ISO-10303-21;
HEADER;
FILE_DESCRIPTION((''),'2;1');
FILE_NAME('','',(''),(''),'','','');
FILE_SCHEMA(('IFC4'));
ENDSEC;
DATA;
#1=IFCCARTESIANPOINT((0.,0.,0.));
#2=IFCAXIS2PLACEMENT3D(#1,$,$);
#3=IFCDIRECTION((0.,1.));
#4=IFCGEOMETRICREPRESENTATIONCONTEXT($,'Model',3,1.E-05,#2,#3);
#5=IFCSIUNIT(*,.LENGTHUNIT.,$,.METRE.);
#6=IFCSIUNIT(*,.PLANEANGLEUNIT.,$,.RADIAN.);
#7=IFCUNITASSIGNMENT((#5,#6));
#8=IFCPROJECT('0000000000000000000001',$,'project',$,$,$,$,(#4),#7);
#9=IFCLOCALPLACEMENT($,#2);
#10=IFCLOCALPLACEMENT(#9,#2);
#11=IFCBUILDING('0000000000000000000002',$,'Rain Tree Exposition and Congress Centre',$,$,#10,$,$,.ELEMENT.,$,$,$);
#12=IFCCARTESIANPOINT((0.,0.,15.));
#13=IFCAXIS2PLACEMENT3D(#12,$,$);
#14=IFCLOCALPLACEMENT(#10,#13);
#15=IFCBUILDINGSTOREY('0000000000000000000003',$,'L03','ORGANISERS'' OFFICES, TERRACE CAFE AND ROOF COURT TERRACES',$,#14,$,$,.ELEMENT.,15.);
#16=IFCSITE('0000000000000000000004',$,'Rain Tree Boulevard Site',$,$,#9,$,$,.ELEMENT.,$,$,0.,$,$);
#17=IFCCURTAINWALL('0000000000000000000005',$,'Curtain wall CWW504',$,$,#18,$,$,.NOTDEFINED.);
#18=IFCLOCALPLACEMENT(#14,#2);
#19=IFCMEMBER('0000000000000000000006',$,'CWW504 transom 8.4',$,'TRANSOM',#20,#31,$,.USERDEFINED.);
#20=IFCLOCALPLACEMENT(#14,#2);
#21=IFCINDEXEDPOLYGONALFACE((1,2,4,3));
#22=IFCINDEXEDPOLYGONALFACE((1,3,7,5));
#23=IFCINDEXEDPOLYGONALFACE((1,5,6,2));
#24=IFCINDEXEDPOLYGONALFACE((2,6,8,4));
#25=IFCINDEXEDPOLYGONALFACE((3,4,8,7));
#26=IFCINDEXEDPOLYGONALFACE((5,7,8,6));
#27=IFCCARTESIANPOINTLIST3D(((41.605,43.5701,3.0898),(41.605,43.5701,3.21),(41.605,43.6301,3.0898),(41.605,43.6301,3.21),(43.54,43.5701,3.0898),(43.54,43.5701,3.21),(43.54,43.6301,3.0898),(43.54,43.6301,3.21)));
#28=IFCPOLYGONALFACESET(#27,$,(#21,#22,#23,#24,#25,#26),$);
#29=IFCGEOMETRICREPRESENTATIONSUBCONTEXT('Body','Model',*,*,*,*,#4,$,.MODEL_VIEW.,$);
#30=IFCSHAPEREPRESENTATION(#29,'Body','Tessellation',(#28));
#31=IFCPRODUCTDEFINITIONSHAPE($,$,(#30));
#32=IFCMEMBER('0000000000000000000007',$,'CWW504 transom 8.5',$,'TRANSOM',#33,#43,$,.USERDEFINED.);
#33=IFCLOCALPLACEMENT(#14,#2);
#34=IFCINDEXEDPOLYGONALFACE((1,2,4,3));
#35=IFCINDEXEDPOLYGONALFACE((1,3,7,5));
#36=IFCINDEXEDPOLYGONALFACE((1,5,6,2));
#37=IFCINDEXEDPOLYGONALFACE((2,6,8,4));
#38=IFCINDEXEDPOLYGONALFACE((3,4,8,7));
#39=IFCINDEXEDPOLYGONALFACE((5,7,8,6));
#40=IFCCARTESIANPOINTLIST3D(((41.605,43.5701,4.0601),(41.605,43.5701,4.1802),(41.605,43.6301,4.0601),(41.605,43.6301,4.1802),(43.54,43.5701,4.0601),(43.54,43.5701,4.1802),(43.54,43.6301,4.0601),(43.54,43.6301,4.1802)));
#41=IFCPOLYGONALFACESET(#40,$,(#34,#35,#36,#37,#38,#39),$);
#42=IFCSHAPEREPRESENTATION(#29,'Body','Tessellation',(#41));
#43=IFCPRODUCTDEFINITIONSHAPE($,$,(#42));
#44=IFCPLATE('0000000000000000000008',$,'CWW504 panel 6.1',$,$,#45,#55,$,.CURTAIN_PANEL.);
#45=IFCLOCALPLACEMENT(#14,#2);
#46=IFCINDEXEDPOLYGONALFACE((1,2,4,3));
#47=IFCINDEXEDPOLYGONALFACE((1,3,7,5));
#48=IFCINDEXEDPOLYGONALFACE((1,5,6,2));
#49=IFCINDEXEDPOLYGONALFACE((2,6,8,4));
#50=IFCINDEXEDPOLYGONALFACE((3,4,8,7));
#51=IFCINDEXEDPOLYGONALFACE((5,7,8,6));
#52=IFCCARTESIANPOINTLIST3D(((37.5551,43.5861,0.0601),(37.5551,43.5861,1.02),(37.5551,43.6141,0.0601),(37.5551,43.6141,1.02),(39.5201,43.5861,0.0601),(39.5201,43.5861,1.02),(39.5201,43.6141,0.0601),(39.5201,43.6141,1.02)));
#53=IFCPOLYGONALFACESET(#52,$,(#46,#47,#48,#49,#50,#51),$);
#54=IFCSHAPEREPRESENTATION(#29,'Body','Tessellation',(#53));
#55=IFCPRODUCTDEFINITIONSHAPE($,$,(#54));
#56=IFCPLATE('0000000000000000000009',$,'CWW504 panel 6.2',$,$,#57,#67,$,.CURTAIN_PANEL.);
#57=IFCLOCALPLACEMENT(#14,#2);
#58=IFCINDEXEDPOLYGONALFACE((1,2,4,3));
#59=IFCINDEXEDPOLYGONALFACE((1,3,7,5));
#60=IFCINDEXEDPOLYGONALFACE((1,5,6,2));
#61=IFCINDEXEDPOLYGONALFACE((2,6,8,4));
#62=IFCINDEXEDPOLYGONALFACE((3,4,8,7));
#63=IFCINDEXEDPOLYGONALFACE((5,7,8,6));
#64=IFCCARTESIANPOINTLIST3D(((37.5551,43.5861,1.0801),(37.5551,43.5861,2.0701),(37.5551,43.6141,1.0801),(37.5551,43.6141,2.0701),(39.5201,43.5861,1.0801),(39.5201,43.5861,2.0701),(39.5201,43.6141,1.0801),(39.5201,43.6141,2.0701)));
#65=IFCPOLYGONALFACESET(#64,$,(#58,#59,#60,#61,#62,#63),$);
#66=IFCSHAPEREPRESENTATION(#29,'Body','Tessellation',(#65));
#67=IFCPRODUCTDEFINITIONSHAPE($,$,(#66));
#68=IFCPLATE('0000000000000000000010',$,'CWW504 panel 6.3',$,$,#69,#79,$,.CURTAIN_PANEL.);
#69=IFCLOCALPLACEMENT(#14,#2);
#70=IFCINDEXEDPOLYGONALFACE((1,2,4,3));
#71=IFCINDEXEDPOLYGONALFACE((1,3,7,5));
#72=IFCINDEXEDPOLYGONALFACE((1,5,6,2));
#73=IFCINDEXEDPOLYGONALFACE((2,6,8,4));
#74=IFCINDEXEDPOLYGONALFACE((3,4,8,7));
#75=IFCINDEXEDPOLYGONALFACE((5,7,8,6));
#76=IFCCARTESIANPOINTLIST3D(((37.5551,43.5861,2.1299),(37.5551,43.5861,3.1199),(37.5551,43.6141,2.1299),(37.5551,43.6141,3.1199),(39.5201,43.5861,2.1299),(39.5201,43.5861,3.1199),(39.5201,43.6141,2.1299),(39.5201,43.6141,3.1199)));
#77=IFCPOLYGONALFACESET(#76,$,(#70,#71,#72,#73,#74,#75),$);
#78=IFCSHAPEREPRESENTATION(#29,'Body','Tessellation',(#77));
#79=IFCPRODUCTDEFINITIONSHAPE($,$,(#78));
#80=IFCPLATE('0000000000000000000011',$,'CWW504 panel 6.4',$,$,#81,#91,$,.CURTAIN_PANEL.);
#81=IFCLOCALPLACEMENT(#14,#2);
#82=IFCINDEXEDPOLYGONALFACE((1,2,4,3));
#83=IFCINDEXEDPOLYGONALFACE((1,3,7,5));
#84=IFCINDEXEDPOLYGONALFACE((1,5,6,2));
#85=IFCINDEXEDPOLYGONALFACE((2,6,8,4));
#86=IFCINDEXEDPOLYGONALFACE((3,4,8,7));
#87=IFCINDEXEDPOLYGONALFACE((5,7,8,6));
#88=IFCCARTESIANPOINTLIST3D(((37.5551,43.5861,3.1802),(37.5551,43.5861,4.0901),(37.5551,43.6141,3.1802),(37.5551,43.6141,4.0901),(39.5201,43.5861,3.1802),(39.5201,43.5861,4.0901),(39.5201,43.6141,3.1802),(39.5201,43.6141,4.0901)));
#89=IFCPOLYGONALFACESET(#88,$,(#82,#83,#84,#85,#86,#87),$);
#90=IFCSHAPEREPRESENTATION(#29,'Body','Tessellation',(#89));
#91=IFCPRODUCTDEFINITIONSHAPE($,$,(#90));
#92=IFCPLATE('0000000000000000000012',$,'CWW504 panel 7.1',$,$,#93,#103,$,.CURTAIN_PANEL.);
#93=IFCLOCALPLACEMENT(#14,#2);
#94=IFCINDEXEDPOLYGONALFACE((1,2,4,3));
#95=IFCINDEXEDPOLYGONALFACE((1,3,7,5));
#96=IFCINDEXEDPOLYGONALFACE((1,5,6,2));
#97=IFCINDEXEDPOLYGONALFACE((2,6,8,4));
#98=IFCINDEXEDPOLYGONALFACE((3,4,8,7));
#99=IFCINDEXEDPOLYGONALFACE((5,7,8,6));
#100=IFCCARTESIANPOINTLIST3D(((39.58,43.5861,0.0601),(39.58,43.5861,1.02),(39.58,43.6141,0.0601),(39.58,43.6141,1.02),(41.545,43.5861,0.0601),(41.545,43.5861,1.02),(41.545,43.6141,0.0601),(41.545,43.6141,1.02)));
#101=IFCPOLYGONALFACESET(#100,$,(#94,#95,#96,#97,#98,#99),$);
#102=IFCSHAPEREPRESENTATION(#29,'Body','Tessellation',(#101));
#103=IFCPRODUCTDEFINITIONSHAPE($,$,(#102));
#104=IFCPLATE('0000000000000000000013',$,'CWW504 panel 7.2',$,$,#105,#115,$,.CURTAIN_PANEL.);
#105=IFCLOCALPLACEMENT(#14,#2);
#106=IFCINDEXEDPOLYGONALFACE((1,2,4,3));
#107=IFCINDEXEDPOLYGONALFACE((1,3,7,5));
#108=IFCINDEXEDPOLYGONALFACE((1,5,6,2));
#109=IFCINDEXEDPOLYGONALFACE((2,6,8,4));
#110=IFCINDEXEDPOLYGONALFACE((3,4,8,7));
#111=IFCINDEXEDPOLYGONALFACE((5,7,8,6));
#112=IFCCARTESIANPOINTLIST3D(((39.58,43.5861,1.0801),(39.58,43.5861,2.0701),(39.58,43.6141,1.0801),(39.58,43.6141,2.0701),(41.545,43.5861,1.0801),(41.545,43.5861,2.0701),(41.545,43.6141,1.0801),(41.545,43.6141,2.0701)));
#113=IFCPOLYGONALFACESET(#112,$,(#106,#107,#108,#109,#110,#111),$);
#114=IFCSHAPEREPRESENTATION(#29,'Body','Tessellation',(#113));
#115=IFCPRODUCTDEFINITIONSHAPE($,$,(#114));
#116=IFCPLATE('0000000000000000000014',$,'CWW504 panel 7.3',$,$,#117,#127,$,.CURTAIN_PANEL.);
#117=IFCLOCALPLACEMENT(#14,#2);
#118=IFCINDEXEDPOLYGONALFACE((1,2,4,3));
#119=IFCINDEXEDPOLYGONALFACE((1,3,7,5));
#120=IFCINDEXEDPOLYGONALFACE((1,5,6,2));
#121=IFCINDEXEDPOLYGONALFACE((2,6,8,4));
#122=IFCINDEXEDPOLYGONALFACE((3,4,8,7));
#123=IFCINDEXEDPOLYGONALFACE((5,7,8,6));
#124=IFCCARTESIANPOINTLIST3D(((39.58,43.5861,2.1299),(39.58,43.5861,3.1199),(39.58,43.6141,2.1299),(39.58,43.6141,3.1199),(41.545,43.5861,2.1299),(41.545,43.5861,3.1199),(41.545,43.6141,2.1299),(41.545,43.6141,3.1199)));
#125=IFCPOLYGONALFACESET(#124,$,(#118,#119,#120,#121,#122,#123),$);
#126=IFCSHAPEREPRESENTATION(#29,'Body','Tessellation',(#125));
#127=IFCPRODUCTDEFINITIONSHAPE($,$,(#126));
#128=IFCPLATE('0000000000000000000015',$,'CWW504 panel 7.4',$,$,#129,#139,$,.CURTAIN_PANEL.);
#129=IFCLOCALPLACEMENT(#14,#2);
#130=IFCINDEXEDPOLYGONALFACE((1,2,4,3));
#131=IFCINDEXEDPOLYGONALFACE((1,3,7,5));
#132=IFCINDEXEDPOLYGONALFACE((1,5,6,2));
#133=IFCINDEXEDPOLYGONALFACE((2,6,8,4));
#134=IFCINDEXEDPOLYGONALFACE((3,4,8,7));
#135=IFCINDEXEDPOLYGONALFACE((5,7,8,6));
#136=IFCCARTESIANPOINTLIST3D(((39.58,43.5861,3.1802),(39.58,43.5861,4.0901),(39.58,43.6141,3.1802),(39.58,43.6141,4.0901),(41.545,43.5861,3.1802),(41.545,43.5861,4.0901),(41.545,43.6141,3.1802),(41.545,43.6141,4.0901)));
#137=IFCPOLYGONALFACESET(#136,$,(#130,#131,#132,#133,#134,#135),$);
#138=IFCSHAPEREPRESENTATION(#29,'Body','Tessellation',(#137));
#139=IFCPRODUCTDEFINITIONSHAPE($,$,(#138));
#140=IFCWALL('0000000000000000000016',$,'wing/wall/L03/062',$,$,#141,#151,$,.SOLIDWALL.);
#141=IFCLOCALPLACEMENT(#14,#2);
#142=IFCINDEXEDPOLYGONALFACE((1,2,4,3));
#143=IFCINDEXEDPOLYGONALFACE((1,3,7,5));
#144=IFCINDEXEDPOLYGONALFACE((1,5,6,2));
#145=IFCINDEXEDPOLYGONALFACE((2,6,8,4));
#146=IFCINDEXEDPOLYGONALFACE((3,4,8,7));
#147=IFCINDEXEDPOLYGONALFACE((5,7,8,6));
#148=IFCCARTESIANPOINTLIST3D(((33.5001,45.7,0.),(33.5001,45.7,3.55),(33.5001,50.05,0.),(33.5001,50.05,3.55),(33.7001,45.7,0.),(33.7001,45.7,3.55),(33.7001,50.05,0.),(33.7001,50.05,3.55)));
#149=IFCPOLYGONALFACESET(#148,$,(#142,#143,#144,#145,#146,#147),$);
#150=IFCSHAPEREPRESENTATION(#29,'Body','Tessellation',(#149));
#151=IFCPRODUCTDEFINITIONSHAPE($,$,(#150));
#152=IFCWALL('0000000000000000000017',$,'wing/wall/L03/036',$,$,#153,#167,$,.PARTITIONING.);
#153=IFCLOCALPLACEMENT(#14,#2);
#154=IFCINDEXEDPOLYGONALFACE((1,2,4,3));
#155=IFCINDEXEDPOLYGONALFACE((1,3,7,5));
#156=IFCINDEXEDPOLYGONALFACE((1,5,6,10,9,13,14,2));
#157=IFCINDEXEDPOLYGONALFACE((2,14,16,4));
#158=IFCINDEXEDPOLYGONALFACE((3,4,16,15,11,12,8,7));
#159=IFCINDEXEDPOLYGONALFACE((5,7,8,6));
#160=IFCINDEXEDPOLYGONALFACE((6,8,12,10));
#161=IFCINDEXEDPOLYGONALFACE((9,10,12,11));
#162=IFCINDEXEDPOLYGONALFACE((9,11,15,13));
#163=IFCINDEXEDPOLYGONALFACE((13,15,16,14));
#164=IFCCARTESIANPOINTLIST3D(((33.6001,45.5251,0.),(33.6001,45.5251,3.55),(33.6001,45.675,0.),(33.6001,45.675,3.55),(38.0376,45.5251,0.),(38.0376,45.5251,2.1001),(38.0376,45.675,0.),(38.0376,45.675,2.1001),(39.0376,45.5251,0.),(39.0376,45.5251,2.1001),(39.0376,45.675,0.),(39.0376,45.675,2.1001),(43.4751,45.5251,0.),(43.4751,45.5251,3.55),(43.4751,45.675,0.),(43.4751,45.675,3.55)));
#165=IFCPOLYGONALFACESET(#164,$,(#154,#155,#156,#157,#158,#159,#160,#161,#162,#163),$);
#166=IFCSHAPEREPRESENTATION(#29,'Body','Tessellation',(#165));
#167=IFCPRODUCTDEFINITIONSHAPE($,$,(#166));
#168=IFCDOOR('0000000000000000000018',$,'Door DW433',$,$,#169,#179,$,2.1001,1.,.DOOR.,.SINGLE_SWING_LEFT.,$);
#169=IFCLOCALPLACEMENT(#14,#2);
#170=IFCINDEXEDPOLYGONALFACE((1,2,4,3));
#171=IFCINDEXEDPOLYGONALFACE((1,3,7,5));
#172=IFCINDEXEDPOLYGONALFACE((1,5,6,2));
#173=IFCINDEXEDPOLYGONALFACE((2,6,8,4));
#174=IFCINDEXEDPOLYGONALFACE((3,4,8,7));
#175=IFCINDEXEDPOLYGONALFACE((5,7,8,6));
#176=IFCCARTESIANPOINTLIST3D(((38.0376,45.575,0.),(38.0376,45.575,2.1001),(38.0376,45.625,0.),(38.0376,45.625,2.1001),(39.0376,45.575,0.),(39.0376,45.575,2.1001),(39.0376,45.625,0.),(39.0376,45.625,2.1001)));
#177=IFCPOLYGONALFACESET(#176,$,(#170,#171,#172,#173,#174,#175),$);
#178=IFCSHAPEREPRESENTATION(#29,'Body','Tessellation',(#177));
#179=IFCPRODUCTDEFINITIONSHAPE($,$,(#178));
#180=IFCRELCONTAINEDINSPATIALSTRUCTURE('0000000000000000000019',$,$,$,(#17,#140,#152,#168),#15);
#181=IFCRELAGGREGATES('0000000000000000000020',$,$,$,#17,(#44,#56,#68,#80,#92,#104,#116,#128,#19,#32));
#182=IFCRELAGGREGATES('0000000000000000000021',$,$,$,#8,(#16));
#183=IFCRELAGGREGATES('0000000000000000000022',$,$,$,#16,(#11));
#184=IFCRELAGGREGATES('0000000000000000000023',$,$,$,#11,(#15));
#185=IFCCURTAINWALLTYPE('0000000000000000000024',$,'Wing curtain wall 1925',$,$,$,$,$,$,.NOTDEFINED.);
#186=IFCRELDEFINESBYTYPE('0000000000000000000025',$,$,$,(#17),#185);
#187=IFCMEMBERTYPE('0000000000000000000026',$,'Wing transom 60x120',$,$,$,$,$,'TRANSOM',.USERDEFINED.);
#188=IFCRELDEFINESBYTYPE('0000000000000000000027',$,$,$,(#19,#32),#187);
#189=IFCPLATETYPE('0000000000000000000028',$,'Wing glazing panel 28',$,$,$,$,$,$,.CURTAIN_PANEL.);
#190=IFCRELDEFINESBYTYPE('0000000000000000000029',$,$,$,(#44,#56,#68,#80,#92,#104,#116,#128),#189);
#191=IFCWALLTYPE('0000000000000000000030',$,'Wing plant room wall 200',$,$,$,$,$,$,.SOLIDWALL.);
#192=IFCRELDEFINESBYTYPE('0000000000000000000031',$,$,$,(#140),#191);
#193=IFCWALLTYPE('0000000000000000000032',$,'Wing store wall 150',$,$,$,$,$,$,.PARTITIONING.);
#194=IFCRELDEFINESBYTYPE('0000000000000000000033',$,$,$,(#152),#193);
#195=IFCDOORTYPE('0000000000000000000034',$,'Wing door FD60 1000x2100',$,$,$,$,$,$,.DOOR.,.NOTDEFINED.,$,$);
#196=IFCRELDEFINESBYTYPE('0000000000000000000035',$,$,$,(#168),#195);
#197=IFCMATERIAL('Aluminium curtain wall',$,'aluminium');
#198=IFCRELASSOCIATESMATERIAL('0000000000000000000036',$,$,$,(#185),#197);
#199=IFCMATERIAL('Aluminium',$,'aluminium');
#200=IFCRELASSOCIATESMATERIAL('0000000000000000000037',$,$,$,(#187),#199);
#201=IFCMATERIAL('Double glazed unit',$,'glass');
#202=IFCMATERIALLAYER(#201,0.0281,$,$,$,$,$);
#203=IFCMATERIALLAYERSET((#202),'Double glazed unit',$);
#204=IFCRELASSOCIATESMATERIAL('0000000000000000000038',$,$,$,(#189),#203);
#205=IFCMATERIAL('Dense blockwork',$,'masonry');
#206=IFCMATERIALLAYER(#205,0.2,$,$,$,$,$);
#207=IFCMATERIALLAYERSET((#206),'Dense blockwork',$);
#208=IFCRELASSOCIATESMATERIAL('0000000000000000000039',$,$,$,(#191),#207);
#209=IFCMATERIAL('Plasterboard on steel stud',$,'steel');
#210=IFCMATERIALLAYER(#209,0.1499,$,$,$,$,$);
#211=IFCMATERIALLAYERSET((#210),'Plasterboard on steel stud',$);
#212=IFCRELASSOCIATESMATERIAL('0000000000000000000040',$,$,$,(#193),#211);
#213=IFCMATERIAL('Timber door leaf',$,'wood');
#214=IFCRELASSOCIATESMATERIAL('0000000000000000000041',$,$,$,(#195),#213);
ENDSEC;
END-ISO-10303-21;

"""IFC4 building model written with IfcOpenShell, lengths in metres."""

from ifc_helpers import new_model, si_unit, direction, frame, frame_2d, origin, origin_2d, place, context, subcontext, project, spatial, rectangle, extrude, material, layer, layer_set, material_profile, profile_set, type_object, element, fill, aggregate, save


model = new_model("IFC4")

# Units and contexts
model_context = context("Model", 3, precision=1e-05, world=origin(), true_north=direction((0.0, 1.0)))
body_context = subcontext(model_context, "Body", "Model", "MODEL_VIEW")
ifc_project = project(units=[si_unit("LENGTHUNIT", "METRE"), si_unit("PLANEANGLEUNIT", "RADIAN")], contexts=[model_context])

# Site, building, storey
site_placement = place(None, origin())
site = spatial("IfcSite", under=ifc_project, at=site_placement, Name="Rain Tree Boulevard Site", CompositionType="ELEMENT", RefElevation=0.0)
building_placement = place(site_placement, origin())
building = spatial("IfcBuilding", under=site, at=building_placement, Name="Rain Tree Exposition and Congress Centre", CompositionType="ELEMENT")
storey_placement = place(building_placement, frame((0.0, 0.0, 15.0)))
storey = spatial("IfcBuildingStorey", under=building, at=storey_placement, Name="L03", Description="ORGANISERS' OFFICES, TERRACE CAFE AND ROOF COURT TERRACES", CompositionType="ELEMENT", Elevation=15.0)

# Curtain wall, members, plates
ifc_material_1 = material(Name="Aluminium curtain wall", Category="aluminium")
curtain_wall_type = type_object("IfcCurtainWallType", Name="Wing curtain wall 1925", PredefinedType="NOTDEFINED", material=ifc_material_1)
curtain_wall_placement = place(storey_placement, origin())
curtain_wall = element("IfcCurtainWall", 1, at=curtain_wall_placement, inside=storey, type_object=curtain_wall_type, Name="Curtain wall CWW504", PredefinedType="NOTDEFINED")
ifc_material_2 = material(Name="Aluminium", Category="aluminium")
ifc_material_profile_1 = material_profile(ifc_material_2, rectangle(XDim=0.0601, YDim=0.1201, at=origin_2d()), Name="Aluminium 60x120")
ifc_profile_set_1 = profile_set([ifc_material_profile_1], Name="Aluminium")
member_type_1 = type_object("IfcMemberType", Name="Wing transom 60x120", ElementType="TRANSOM", PredefinedType="USERDEFINED", material=ifc_profile_set_1)
member_1_placement = place(storey_placement, frame((41.605, 43.6001, 3.1499), z_axis=(1.0, 0.0, 0.0), x_axis=(0.0, 1.0, 0.0)))
member_1 = element("IfcMember", 2, at=member_1_placement, type_object=member_type_1, Name="CWW504 transom 8.4", ObjectType="TRANSOM", PredefinedType="USERDEFINED", context=body_context, shape_type="SweptSolid", body=[
    extrude(rectangle(XDim=0.0601, YDim=0.1201, at=origin_2d()), origin(), (0.0, 0.0, 1.0), 1.9351),
])
member_2_placement = place(storey_placement, frame((41.605, 43.6001, 4.1201), z_axis=(1.0, 0.0, 0.0), x_axis=(0.0, 1.0, 0.0)))
member_2 = element("IfcMember", 3, at=member_2_placement, type_object=member_type_1, Name="CWW504 transom 8.5", ObjectType="TRANSOM", PredefinedType="USERDEFINED", context=body_context, shape_type="SweptSolid", body=[
    extrude(rectangle(XDim=0.0601, YDim=0.1201, at=origin_2d()), origin(), (0.0, 0.0, 1.0), 1.9351),
])
ifc_material_3 = material(Name="Double glazed unit", Category="glass")
ifc_layer_1 = layer(ifc_material_3, 0.0281)
ifc_layer_set_1 = layer_set([ifc_layer_1], Name="Double glazed unit")
plate_type = type_object("IfcPlateType", Name="Wing glazing panel 28", PredefinedType="CURTAIN_PANEL", material=ifc_layer_set_1)
plate_1_placement = place(storey_placement, frame((38.5376, 43.6001, 0.0601), z_axis=(0.0, 0.0, 1.0), x_axis=(1.0, 0.0, 0.0)))
plate_1 = element("IfcPlate", 4, at=plate_1_placement, type_object=plate_type, Name="CWW504 panel 6.1", PredefinedType="CURTAIN_PANEL", context=body_context, shape_type="SweptSolid", body=[
    extrude(rectangle(XDim=1.9651, YDim=0.0281, at=origin_2d()), origin(), (0.0, 0.0, 1.0), 0.96),
])
plate_2_placement = place(storey_placement, frame((38.5376, 43.6001, 1.0801), z_axis=(0.0, 0.0, 1.0), x_axis=(1.0, 0.0, 0.0)))
plate_2 = element("IfcPlate", 5, at=plate_2_placement, type_object=plate_type, Name="CWW504 panel 6.2", PredefinedType="CURTAIN_PANEL", context=body_context, shape_type="SweptSolid", body=[
    extrude(rectangle(XDim=1.9651, YDim=0.0281, at=origin_2d()), origin(), (0.0, 0.0, 1.0), 0.99),
])
plate_3_placement = place(storey_placement, frame((38.5376, 43.6001, 2.1299), z_axis=(0.0, 0.0, 1.0), x_axis=(1.0, 0.0, 0.0)))
plate_3 = element("IfcPlate", 6, at=plate_3_placement, type_object=plate_type, Name="CWW504 panel 6.3", PredefinedType="CURTAIN_PANEL", context=body_context, shape_type="SweptSolid", body=[
    extrude(rectangle(XDim=1.9651, YDim=0.0281, at=origin_2d()), origin(), (0.0, 0.0, 1.0), 0.99),
])
plate_4_placement = place(storey_placement, frame((38.5376, 43.6001, 3.1802), z_axis=(0.0, 0.0, 1.0), x_axis=(1.0, 0.0, 0.0)))
plate_4 = element("IfcPlate", 7, at=plate_4_placement, type_object=plate_type, Name="CWW504 panel 6.4", PredefinedType="CURTAIN_PANEL", context=body_context, shape_type="SweptSolid", body=[
    extrude(rectangle(XDim=1.9651, YDim=0.0281, at=origin_2d()), origin(), (0.0, 0.0, 1.0), 0.9099),
])
plate_5_placement = place(storey_placement, frame((40.5625, 43.6001, 0.0601), z_axis=(0.0, 0.0, 1.0), x_axis=(1.0, 0.0, 0.0)))
plate_5 = element("IfcPlate", 8, at=plate_5_placement, type_object=plate_type, Name="CWW504 panel 7.1", PredefinedType="CURTAIN_PANEL", context=body_context, shape_type="SweptSolid", body=[
    extrude(rectangle(XDim=1.9651, YDim=0.0281, at=origin_2d()), origin(), (0.0, 0.0, 1.0), 0.96),
])
plate_6_placement = place(storey_placement, frame((40.5625, 43.6001, 1.0801), z_axis=(0.0, 0.0, 1.0), x_axis=(1.0, 0.0, 0.0)))
plate_6 = element("IfcPlate", 9, at=plate_6_placement, type_object=plate_type, Name="CWW504 panel 7.2", PredefinedType="CURTAIN_PANEL", context=body_context, shape_type="SweptSolid", body=[
    extrude(rectangle(XDim=1.9651, YDim=0.0281, at=origin_2d()), origin(), (0.0, 0.0, 1.0), 0.99),
])
plate_7_placement = place(storey_placement, frame((40.5625, 43.6001, 2.1299), z_axis=(0.0, 0.0, 1.0), x_axis=(1.0, 0.0, 0.0)))
plate_7 = element("IfcPlate", 10, at=plate_7_placement, type_object=plate_type, Name="CWW504 panel 7.3", PredefinedType="CURTAIN_PANEL", context=body_context, shape_type="SweptSolid", body=[
    extrude(rectangle(XDim=1.9651, YDim=0.0281, at=origin_2d()), origin(), (0.0, 0.0, 1.0), 0.99),
])
plate_8_placement = place(storey_placement, frame((40.5625, 43.6001, 3.1802), z_axis=(0.0, 0.0, 1.0), x_axis=(1.0, 0.0, 0.0)))
plate_8 = element("IfcPlate", 11, at=plate_8_placement, type_object=plate_type, Name="CWW504 panel 7.4", PredefinedType="CURTAIN_PANEL", context=body_context, shape_type="SweptSolid", body=[
    extrude(rectangle(XDim=1.9651, YDim=0.0281, at=origin_2d()), origin(), (0.0, 0.0, 1.0), 0.9099),
])
aggregate(curtain_wall, [plate_1, plate_2, plate_3, plate_4, plate_5, plate_6, plate_7, plate_8, member_1, member_2])

# Wall
ifc_material_4 = material(Name="Dense blockwork", Category="masonry")
ifc_layer_2 = layer(ifc_material_4, 0.2)
ifc_layer_set_2 = layer_set([ifc_layer_2], Name="Dense blockwork")
wall_type_1 = type_object("IfcWallType", Name="Wing plant room wall 200", PredefinedType="SOLIDWALL", material=ifc_layer_set_2)
wall_1_placement = place(storey_placement, frame((33.6001, 45.7, 0.0), z_axis=(0.0, 0.0, 1.0), x_axis=(0.0, 1.0, 0.0)))
element("IfcWall", 12, at=wall_1_placement, inside=storey, type_object=wall_type_1, Name="wing/wall/L03/062", PredefinedType="SOLIDWALL", context=body_context, shape_type="SweptSolid", body=[
    extrude(rectangle(XDim=4.3501, YDim=0.2, at=frame_2d((2.175, 0.0))), origin(), (0.0, 0.0, 1.0), 3.55),
])

# Wall, opening, door
ifc_material_5 = material(Name="Plasterboard on steel stud", Category="steel")
ifc_layer_3 = layer(ifc_material_5, 0.1499)
ifc_layer_set_3 = layer_set([ifc_layer_3], Name="Plasterboard on steel stud")
wall_type_2 = type_object("IfcWallType", Name="Wing store wall 150", PredefinedType="PARTITIONING", material=ifc_layer_set_3)
wall_2_placement = place(storey_placement, frame((33.6001, 45.6001, 0.0), z_axis=(0.0, 0.0, 1.0), x_axis=(1.0, 0.0, 0.0)))
wall_2 = element("IfcWall", 13, at=wall_2_placement, inside=storey, type_object=wall_type_2, Name="wing/wall/L03/036", PredefinedType="PARTITIONING", context=body_context, shape_type="SweptSolid", body=[
    extrude(rectangle(XDim=9.875, YDim=0.1499, at=frame_2d((4.9375, 0.0))), origin(), (0.0, 0.0, 1.0), 3.55),
])
opening_placement = place(wall_2_placement, frame((4.4375, 0.0, 0.0)))
opening = element("IfcOpeningElement", 14, at=opening_placement, cuts=wall_2, PredefinedType="OPENING", context=body_context, shape_type="SweptSolid", body=[
    extrude(rectangle(XDim=1.0, YDim=2.1001, at=frame_2d((0.5, 1.05))), frame((0.0, 0.075, 0.0), z_axis=(0.0, -1.0, 0.0), x_axis=(1.0, 0.0, 0.0)), (0.0, 0.0, 1.0), 0.1499),
])
ifc_material_6 = material(Name="Timber door leaf", Category="wood")
door_type = type_object("IfcDoorType", Name="Wing door FD60 1000x2100", OperationType="NOTDEFINED", PredefinedType="DOOR", material=ifc_material_6)
door_placement = place(opening_placement, origin())
door = element("IfcDoor", 15, at=door_placement, inside=storey, type_object=door_type, Name="Door DW433", OperationType="SINGLE_SWING_LEFT", OverallHeight=2.1001, OverallWidth=1.0, PredefinedType="DOOR", context=body_context, shape_type="SweptSolid", body=[
    extrude(rectangle(XDim=1.0, YDim=2.1001, at=frame_2d((0.5, 1.05))), frame((0.0, 0.0249, 0.0), z_axis=(0.0, -1.0, 0.0), x_axis=(1.0, 0.0, 0.0)), (0.0, 0.0, 1.0), 0.05),
])
fill(opening, door)

save(model, "model.ifc")
